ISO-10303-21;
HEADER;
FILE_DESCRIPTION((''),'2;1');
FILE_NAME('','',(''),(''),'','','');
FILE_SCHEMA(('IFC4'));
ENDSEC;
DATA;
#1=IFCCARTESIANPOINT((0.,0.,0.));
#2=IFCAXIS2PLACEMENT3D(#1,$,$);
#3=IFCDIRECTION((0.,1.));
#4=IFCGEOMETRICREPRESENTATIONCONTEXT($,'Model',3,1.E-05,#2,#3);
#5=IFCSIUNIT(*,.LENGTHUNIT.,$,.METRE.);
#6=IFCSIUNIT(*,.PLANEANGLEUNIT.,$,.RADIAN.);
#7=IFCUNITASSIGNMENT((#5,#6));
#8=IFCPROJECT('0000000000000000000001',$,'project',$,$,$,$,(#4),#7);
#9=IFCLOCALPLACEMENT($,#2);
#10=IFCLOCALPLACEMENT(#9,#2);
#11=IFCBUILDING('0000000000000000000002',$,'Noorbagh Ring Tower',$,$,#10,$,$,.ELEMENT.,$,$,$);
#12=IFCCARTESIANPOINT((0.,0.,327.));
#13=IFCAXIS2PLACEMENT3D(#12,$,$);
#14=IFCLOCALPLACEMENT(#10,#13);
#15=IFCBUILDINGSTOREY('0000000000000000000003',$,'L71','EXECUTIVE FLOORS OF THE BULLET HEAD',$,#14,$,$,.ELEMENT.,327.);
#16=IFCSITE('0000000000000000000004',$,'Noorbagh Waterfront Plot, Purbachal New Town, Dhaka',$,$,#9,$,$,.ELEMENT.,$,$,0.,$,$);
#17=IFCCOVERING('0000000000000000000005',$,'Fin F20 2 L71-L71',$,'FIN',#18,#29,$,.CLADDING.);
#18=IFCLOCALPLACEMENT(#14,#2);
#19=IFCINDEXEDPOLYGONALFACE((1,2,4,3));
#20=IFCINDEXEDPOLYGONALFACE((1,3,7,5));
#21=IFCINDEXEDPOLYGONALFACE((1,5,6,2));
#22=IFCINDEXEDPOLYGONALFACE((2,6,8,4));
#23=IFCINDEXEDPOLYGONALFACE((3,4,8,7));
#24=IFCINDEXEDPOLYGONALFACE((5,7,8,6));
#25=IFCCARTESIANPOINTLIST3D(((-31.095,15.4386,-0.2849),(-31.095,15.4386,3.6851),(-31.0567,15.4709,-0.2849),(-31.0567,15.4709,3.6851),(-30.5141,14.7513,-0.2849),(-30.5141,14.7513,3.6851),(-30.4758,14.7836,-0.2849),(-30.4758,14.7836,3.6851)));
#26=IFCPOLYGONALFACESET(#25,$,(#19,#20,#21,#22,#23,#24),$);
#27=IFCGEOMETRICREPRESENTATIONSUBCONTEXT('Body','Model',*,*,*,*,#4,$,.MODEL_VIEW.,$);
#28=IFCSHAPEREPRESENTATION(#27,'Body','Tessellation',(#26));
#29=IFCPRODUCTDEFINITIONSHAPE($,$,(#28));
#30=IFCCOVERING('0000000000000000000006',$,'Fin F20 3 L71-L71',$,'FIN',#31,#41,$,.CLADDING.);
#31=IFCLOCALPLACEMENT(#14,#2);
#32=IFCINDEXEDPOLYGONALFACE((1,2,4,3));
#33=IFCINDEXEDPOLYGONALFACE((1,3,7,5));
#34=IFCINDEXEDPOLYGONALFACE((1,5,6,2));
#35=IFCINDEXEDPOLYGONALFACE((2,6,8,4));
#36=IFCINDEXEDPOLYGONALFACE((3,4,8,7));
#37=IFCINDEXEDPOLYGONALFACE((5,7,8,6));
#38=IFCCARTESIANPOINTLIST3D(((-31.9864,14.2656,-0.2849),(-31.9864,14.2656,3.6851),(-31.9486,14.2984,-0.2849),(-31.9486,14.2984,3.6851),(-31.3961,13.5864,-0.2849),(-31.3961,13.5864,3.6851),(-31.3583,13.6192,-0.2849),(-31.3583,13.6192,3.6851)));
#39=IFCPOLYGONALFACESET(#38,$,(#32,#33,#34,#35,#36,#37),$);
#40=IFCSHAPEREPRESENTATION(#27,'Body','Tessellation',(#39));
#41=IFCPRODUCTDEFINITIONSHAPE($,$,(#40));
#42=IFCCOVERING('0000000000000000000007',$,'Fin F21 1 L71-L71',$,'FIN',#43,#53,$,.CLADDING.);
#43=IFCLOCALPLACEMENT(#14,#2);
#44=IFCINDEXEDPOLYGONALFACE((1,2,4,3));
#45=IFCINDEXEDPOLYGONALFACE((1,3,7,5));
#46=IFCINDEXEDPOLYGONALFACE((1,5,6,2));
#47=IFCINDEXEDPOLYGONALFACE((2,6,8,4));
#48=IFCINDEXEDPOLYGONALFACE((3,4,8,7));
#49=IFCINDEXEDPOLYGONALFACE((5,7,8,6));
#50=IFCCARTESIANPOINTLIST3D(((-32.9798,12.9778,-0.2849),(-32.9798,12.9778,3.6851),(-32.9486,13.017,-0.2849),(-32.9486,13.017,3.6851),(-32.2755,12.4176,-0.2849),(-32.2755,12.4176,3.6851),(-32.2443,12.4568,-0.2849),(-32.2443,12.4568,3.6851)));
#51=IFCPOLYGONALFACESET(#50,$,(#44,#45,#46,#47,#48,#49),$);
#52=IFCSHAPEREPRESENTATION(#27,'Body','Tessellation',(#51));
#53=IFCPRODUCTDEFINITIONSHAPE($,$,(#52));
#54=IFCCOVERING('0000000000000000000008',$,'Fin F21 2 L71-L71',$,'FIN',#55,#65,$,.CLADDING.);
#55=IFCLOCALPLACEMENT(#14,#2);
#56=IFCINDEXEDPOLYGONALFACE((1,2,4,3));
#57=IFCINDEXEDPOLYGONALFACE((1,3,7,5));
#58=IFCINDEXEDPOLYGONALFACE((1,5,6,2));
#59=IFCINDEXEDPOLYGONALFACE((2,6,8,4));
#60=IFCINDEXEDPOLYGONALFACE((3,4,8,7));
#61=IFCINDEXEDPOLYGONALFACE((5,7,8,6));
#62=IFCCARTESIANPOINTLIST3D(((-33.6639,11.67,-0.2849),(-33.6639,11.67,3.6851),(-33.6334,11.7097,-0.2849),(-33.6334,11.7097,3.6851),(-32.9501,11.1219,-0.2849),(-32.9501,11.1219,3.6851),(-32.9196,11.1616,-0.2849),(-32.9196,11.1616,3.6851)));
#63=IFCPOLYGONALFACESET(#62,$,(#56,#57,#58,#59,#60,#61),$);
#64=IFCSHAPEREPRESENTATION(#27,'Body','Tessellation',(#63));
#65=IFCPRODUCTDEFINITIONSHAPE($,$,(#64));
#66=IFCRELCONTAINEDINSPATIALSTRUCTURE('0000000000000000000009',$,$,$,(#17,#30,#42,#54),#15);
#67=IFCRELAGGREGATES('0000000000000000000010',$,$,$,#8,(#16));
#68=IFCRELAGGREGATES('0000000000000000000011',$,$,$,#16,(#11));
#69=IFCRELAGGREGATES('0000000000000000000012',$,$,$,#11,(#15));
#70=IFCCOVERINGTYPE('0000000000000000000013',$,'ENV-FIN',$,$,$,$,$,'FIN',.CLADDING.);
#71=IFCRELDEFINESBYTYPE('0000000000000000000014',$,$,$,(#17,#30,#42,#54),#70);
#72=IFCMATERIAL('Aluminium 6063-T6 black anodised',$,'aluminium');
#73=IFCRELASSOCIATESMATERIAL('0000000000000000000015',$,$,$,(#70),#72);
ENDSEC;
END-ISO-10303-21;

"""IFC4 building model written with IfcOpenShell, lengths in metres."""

from ifc_helpers import new_model, si_unit, direction, frame, origin, origin_2d, place, context, subcontext, project, spatial, rectangle, extrude, material, material_profile, profile_set, type_object, element, save


model = new_model("IFC4")

# Units and contexts
model_context = context("Model", 3, precision=1e-05, world=origin(), true_north=direction((0.0, 1.0)))
body_context = subcontext(model_context, "Body", "Model", "MODEL_VIEW")
ifc_project = project(units=[si_unit("LENGTHUNIT", "METRE"), si_unit("PLANEANGLEUNIT", "RADIAN")], contexts=[model_context])

# Site, building, storey
site_placement = place(None, origin())
site = spatial("IfcSite", under=ifc_project, at=site_placement, Name="Noorbagh Waterfront Plot, Purbachal New Town, Dhaka", CompositionType="ELEMENT", RefElevation=0.0)
building_placement = place(site_placement, origin())
building = spatial("IfcBuilding", under=site, at=building_placement, Name="Noorbagh Ring Tower", CompositionType="ELEMENT")
storey_placement = place(building_placement, frame((0.0, 0.0, 327.0)))
storey = spatial("IfcBuildingStorey", under=building, at=storey_placement, Name="L71", Description="EXECUTIVE FLOORS OF THE BULLET HEAD", CompositionType="ELEMENT", Elevation=327.0)

# Coverings
ifc_material_1 = material(Name="Aluminium 6063-T6 black anodised", Category="aluminium")
ifc_material_profile_1 = material_profile(ifc_material_1, rectangle(XDim=0.8999, YDim=0.05, at=origin_2d()), Name="900x50")
ifc_profile_set_1 = profile_set([ifc_material_profile_1], Name="Aluminium 6063-T6 black anodised")
covering_type = type_object("IfcCoveringType", Name="ENV-FIN", ElementType="FIN", PredefinedType="CLADDING", material=ifc_profile_set_1)
for number, where, z_axis, x_axis, name in (
    (1, (-30.7854, 15.1111, -0.2849), (0.0, 0.0, 1.0), (-0.645539, 0.763728, 0.0), "Fin F20 2 L71-L71"),
    (2, (-31.6724, 13.9424, -0.2849), (0.0, 0.0, 1.0), (-0.655973, 0.754784, 0.0), "Fin F20 3 L71-L71"),
    (3, (-32.6121, 12.7173, -0.2849), (0.0, 0.0, 1.0), (-0.782644, 0.62247, 0.0), "Fin F21 1 L71-L71"),
    (4, (-33.2917, 11.4158, -0.2849), (0.0, 0.0, 1.0), (-0.793138, 0.609043, 0.0), "Fin F21 2 L71-L71"),
):
    element("IfcCovering", number, at=place(storey_placement, frame(where, z_axis=z_axis, x_axis=x_axis)), inside=storey, type_object=covering_type, Name=name, ObjectType="FIN", PredefinedType="CLADDING", context=body_context, shape_type="SweptSolid", body=[
        extrude(rectangle(XDim=0.8999, YDim=0.05, at=origin_2d()), origin(), (0.0, 0.0, 1.0), 3.97),
    ])

save(model, "model.ifc")
